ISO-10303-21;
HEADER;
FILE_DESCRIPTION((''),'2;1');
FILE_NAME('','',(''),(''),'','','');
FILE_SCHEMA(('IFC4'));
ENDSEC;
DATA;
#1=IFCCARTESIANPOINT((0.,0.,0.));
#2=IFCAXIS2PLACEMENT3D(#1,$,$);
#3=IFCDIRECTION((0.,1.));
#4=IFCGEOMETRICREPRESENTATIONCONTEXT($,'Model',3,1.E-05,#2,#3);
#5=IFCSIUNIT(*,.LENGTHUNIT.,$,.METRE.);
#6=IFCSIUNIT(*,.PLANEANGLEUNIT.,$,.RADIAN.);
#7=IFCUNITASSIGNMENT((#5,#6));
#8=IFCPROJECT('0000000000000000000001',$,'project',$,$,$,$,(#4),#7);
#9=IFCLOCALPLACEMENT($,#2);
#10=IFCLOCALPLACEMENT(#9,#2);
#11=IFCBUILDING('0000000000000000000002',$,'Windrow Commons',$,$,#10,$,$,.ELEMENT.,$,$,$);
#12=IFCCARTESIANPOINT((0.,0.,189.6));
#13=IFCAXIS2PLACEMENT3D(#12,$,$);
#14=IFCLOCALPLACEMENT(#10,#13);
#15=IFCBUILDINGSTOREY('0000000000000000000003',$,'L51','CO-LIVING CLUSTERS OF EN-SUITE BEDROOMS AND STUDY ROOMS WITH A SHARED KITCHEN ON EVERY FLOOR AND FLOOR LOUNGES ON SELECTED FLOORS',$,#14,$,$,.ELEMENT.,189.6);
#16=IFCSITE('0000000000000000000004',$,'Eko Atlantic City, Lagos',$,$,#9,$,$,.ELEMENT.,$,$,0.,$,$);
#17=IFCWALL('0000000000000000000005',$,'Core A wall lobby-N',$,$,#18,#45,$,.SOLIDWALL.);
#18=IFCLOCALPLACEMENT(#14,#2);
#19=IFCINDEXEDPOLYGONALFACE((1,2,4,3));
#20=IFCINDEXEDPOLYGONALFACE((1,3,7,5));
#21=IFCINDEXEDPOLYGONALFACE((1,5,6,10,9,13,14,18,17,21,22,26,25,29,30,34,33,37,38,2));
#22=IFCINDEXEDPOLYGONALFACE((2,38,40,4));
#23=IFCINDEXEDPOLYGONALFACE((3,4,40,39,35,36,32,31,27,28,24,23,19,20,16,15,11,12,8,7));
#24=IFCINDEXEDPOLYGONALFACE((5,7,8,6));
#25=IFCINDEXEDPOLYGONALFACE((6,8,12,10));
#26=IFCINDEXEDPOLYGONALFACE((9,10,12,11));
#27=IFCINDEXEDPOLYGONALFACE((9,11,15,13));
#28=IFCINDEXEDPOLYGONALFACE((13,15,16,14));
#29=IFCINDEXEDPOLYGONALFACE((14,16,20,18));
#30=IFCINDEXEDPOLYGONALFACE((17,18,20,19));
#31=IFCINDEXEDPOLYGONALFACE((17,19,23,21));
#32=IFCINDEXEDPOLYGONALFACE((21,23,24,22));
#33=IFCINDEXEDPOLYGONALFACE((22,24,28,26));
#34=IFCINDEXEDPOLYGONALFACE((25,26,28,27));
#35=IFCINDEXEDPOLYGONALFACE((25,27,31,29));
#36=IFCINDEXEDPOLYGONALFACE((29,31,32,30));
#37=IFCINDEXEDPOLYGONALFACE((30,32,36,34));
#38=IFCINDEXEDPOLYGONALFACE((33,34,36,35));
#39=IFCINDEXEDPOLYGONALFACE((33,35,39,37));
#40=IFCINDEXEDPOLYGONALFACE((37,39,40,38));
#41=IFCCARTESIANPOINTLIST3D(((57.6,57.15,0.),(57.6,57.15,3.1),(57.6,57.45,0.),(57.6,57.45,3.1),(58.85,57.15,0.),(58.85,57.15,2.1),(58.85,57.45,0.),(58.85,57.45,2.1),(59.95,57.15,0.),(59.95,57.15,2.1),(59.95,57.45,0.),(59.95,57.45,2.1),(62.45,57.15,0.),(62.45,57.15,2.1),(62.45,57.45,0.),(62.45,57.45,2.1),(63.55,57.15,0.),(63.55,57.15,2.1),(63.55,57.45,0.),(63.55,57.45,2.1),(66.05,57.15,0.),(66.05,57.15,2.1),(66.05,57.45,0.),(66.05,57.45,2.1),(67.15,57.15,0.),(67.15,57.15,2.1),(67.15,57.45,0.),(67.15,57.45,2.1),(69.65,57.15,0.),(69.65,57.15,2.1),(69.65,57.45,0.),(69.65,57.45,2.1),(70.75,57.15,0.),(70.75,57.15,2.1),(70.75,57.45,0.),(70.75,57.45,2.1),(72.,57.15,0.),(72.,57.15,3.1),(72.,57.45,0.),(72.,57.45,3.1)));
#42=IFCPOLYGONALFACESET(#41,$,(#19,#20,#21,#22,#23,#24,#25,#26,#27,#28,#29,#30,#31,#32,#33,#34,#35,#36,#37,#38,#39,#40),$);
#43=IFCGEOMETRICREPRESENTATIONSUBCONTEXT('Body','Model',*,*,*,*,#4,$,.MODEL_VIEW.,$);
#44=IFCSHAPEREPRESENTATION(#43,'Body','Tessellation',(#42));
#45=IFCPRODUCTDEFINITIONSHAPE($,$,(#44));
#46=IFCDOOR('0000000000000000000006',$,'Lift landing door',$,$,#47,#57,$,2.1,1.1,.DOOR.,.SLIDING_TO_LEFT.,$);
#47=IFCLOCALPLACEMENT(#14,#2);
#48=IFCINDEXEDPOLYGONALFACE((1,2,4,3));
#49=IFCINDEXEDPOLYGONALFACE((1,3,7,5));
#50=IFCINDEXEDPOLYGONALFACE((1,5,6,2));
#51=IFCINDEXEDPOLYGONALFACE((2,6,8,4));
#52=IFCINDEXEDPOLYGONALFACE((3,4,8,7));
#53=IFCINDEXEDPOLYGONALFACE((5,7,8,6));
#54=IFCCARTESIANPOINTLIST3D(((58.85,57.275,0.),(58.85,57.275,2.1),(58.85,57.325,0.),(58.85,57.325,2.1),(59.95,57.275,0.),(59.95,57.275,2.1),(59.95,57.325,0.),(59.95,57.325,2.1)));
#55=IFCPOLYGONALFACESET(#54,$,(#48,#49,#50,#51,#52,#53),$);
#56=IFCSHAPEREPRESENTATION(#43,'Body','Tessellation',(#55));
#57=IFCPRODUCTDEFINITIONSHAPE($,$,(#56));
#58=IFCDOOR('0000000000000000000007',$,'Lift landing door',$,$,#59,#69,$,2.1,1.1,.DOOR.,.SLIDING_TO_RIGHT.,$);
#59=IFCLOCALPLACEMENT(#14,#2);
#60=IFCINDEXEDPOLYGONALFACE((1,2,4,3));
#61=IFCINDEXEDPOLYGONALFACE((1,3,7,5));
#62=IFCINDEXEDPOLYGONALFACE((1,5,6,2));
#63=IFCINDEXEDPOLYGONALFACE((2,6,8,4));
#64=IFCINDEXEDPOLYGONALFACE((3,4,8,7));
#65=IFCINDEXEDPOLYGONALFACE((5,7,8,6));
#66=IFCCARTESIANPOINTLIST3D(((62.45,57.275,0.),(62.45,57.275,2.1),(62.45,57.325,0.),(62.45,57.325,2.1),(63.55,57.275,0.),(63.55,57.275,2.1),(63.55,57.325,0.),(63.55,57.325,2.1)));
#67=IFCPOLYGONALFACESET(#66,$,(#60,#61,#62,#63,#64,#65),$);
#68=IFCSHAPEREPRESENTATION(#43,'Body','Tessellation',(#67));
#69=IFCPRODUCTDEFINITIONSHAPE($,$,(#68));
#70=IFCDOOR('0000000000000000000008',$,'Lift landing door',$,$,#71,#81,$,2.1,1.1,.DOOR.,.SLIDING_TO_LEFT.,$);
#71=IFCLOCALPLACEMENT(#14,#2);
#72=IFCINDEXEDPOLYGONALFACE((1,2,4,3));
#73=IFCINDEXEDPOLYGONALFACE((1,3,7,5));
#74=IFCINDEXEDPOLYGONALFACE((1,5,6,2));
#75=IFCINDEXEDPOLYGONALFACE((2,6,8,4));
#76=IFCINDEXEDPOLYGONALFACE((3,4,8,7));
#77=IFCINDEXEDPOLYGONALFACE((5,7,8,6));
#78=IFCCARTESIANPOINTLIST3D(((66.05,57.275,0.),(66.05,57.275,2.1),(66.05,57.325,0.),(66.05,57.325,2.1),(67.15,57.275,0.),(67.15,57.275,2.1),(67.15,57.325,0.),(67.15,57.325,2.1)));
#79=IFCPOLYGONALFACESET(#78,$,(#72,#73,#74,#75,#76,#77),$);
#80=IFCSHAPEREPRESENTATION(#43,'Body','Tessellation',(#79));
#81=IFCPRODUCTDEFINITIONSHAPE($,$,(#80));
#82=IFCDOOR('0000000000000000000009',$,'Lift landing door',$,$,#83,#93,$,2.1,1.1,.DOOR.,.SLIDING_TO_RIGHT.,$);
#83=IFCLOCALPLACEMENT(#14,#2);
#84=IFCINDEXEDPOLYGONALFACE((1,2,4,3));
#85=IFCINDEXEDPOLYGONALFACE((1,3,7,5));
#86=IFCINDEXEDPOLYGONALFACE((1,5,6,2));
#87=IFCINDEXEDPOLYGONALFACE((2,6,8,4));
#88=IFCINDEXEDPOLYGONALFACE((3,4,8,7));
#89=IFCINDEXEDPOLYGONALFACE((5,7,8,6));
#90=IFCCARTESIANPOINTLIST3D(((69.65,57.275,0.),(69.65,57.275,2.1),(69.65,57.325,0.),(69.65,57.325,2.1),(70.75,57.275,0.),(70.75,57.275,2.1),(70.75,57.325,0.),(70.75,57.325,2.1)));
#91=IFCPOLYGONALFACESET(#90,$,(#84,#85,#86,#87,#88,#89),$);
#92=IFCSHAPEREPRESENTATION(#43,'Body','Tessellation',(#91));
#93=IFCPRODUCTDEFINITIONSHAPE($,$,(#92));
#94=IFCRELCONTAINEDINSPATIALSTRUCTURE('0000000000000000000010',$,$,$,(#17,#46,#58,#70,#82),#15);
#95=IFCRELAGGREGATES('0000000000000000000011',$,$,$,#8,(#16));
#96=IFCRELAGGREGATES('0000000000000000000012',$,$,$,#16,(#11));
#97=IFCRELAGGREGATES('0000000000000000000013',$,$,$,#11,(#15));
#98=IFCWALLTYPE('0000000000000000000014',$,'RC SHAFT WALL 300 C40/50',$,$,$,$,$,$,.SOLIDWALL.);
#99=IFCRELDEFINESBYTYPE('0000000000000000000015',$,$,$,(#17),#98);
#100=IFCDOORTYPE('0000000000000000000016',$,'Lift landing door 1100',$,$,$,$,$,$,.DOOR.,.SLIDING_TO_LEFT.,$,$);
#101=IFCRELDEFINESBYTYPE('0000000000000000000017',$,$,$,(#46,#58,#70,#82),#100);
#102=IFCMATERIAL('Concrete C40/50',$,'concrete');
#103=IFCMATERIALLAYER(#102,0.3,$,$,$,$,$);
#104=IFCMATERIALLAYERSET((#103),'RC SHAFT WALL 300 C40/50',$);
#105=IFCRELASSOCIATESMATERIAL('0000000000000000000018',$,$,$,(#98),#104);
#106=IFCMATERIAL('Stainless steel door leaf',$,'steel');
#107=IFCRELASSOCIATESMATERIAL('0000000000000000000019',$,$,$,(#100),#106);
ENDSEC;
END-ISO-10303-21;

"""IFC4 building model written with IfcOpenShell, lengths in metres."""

from ifc_helpers import new_model, si_unit, direction, frame, frame_2d, origin, place, context, subcontext, project, spatial, rectangle, extrude, material, layer, layer_set, type_object, element, fill, save


model = new_model("IFC4")

# Units and contexts
model_context = context("Model", 3, precision=1e-05, world=origin(), true_north=direction((0.0, 1.0)))
body_context = subcontext(model_context, "Body", "Model", "MODEL_VIEW")
ifc_project = project(units=[si_unit("LENGTHUNIT", "METRE"), si_unit("PLANEANGLEUNIT", "RADIAN")], contexts=[model_context])

# Site, building, storey
site_placement = place(None, origin())
site = spatial("IfcSite", under=ifc_project, at=site_placement, Name="Eko Atlantic City, Lagos", CompositionType="ELEMENT", RefElevation=0.0)
building_placement = place(site_placement, origin())
building = spatial("IfcBuilding", under=site, at=building_placement, Name="Windrow Commons", CompositionType="ELEMENT")
storey_placement = place(building_placement, frame((0.0, 0.0, 189.6)))
storey = spatial("IfcBuildingStorey", under=building, at=storey_placement, Name="L51", Description="CO-LIVING CLUSTERS OF EN-SUITE BEDROOMS AND STUDY ROOMS WITH A SHARED KITCHEN ON EVERY FLOOR AND FLOOR LOUNGES ON SELECTED FLOORS", CompositionType="ELEMENT", Elevation=189.6)

# Wall, openings, doors
ifc_material_1 = material(Name="Concrete C40/50", Category="concrete")
ifc_layer_1 = layer(ifc_material_1, 0.3)
ifc_layer_set_1 = layer_set([ifc_layer_1], Name="RC SHAFT WALL 300 C40/50")
wall_type_1 = type_object("IfcWallType", Name="RC SHAFT WALL 300 C40/50", PredefinedType="SOLIDWALL", material=ifc_layer_set_1)
ifc_material_2 = material(Name="Stainless steel door leaf", Category="steel")
door_type_1 = type_object("IfcDoorType", Name="Lift landing door 1100", OperationType="SLIDING_TO_LEFT", PredefinedType="DOOR", material=ifc_material_2)
wall_1_placement = place(storey_placement, frame((57.6, 57.3, 0.0), z_axis=(0.0, 0.0, 1.0), x_axis=(1.0, 0.0, 0.0)))
wall_1 = element("IfcWall", 1, at=wall_1_placement, inside=storey, type_object=wall_type_1, Name="Core A wall lobby-N", PredefinedType="SOLIDWALL", context=body_context, shape_type="SweptSolid", body=[
    extrude(rectangle(XDim=14.4, YDim=0.3, at=frame_2d((7.2, 0.0))), origin(), (0.0, 0.0, 1.0), 3.1),
])
opening_1_placement = place(wall_1_placement, frame((1.25, 0.0, 0.0)))
opening_1 = element("IfcOpeningElement", 2, at=opening_1_placement, cuts=wall_1, PredefinedType="OPENING", context=body_context, shape_type="SweptSolid", body=[
    extrude(rectangle(XDim=1.1, YDim=2.1, at=frame_2d((0.55, 1.05))), frame((0.0, 0.16, 0.0), z_axis=(0.0, -1.0, 0.0), x_axis=(1.0, 0.0, 0.0)), (0.0, 0.0, 1.0), 0.32),
])
opening_2_placement = place(wall_1_placement, frame((4.85, 0.0, 0.0)))
opening_2 = element("IfcOpeningElement", 3, at=opening_2_placement, cuts=wall_1, PredefinedType="OPENING", context=body_context, shape_type="SweptSolid", body=[
    extrude(rectangle(XDim=1.1, YDim=2.1, at=frame_2d((0.55, 1.05))), frame((0.0, 0.16, 0.0), z_axis=(0.0, -1.0, 0.0), x_axis=(1.0, 0.0, 0.0)), (0.0, 0.0, 1.0), 0.32),
])
opening_3_placement = place(wall_1_placement, frame((8.45, 0.0, 0.0)))
opening_3 = element("IfcOpeningElement", 4, at=opening_3_placement, cuts=wall_1, PredefinedType="OPENING", context=body_context, shape_type="SweptSolid", body=[
    extrude(rectangle(XDim=1.1, YDim=2.1, at=frame_2d((0.55, 1.05))), frame((0.0, 0.16, 0.0), z_axis=(0.0, -1.0, 0.0), x_axis=(1.0, 0.0, 0.0)), (0.0, 0.0, 1.0), 0.32),
])
opening_4_placement = place(wall_1_placement, frame((12.05, 0.0, 0.0)))
opening_4 = element("IfcOpeningElement", 5, at=opening_4_placement, cuts=wall_1, PredefinedType="OPENING", context=body_context, shape_type="SweptSolid", body=[
    extrude(rectangle(XDim=1.1, YDim=2.1, at=frame_2d((0.55, 1.05))), frame((0.0, 0.16, 0.0), z_axis=(0.0, -1.0, 0.0), x_axis=(1.0, 0.0, 0.0)), (0.0, 0.0, 1.0), 0.32),
])
door_1_placement = place(opening_1_placement, origin())
door_1 = element("IfcDoor", 6, at=door_1_placement, inside=storey, type_object=door_type_1, Name="Lift landing door", OperationType="SLIDING_TO_LEFT", OverallHeight=2.1, OverallWidth=1.1, PredefinedType="DOOR", context=body_context, shape_type="SweptSolid", body=[
    extrude(rectangle(XDim=1.1, YDim=2.1, at=frame_2d((0.55, 1.05))), frame((0.0, 0.025, 0.0), z_axis=(0.0, -1.0, 0.0), x_axis=(1.0, 0.0, 0.0)), (0.0, 0.0, 1.0), 0.05),
])
fill(opening_1, door_1)
door_2_placement = place(opening_2_placement, origin())
door_2 = element("IfcDoor", 7, at=door_2_placement, inside=storey, type_object=door_type_1, Name="Lift landing door", OperationType="SLIDING_TO_RIGHT", OverallHeight=2.1, OverallWidth=1.1, PredefinedType="DOOR", context=body_context, shape_type="SweptSolid", body=[
    extrude(rectangle(XDim=1.1, YDim=2.1, at=frame_2d((0.55, 1.05))), frame((0.0, 0.025, 0.0), z_axis=(0.0, -1.0, 0.0), x_axis=(1.0, 0.0, 0.0)), (0.0, 0.0, 1.0), 0.05),
])
fill(opening_2, door_2)
door_3_placement = place(opening_3_placement, origin())
door_3 = element("IfcDoor", 8, at=door_3_placement, inside=storey, type_object=door_type_1, Name="Lift landing door", OperationType="SLIDING_TO_LEFT", OverallHeight=2.1, OverallWidth=1.1, PredefinedType="DOOR", context=body_context, shape_type="SweptSolid", body=[
    extrude(rectangle(XDim=1.1, YDim=2.1, at=frame_2d((0.55, 1.05))), frame((0.0, 0.025, 0.0), z_axis=(0.0, -1.0, 0.0), x_axis=(1.0, 0.0, 0.0)), (0.0, 0.0, 1.0), 0.05),
])
fill(opening_3, door_3)
door_4_placement = place(opening_4_placement, origin())
door_4 = element("IfcDoor", 9, at=door_4_placement, inside=storey, type_object=door_type_1, Name="Lift landing door", OperationType="SLIDING_TO_RIGHT", OverallHeight=2.1, OverallWidth=1.1, PredefinedType="DOOR", context=body_context, shape_type="SweptSolid", body=[
    extrude(rectangle(XDim=1.1, YDim=2.1, at=frame_2d((0.55, 1.05))), frame((0.0, 0.025, 0.0), z_axis=(0.0, -1.0, 0.0), x_axis=(1.0, 0.0, 0.0)), (0.0, 0.0, 1.0), 0.05),
])
fill(opening_4, door_4)

save(model, "model.ifc")
